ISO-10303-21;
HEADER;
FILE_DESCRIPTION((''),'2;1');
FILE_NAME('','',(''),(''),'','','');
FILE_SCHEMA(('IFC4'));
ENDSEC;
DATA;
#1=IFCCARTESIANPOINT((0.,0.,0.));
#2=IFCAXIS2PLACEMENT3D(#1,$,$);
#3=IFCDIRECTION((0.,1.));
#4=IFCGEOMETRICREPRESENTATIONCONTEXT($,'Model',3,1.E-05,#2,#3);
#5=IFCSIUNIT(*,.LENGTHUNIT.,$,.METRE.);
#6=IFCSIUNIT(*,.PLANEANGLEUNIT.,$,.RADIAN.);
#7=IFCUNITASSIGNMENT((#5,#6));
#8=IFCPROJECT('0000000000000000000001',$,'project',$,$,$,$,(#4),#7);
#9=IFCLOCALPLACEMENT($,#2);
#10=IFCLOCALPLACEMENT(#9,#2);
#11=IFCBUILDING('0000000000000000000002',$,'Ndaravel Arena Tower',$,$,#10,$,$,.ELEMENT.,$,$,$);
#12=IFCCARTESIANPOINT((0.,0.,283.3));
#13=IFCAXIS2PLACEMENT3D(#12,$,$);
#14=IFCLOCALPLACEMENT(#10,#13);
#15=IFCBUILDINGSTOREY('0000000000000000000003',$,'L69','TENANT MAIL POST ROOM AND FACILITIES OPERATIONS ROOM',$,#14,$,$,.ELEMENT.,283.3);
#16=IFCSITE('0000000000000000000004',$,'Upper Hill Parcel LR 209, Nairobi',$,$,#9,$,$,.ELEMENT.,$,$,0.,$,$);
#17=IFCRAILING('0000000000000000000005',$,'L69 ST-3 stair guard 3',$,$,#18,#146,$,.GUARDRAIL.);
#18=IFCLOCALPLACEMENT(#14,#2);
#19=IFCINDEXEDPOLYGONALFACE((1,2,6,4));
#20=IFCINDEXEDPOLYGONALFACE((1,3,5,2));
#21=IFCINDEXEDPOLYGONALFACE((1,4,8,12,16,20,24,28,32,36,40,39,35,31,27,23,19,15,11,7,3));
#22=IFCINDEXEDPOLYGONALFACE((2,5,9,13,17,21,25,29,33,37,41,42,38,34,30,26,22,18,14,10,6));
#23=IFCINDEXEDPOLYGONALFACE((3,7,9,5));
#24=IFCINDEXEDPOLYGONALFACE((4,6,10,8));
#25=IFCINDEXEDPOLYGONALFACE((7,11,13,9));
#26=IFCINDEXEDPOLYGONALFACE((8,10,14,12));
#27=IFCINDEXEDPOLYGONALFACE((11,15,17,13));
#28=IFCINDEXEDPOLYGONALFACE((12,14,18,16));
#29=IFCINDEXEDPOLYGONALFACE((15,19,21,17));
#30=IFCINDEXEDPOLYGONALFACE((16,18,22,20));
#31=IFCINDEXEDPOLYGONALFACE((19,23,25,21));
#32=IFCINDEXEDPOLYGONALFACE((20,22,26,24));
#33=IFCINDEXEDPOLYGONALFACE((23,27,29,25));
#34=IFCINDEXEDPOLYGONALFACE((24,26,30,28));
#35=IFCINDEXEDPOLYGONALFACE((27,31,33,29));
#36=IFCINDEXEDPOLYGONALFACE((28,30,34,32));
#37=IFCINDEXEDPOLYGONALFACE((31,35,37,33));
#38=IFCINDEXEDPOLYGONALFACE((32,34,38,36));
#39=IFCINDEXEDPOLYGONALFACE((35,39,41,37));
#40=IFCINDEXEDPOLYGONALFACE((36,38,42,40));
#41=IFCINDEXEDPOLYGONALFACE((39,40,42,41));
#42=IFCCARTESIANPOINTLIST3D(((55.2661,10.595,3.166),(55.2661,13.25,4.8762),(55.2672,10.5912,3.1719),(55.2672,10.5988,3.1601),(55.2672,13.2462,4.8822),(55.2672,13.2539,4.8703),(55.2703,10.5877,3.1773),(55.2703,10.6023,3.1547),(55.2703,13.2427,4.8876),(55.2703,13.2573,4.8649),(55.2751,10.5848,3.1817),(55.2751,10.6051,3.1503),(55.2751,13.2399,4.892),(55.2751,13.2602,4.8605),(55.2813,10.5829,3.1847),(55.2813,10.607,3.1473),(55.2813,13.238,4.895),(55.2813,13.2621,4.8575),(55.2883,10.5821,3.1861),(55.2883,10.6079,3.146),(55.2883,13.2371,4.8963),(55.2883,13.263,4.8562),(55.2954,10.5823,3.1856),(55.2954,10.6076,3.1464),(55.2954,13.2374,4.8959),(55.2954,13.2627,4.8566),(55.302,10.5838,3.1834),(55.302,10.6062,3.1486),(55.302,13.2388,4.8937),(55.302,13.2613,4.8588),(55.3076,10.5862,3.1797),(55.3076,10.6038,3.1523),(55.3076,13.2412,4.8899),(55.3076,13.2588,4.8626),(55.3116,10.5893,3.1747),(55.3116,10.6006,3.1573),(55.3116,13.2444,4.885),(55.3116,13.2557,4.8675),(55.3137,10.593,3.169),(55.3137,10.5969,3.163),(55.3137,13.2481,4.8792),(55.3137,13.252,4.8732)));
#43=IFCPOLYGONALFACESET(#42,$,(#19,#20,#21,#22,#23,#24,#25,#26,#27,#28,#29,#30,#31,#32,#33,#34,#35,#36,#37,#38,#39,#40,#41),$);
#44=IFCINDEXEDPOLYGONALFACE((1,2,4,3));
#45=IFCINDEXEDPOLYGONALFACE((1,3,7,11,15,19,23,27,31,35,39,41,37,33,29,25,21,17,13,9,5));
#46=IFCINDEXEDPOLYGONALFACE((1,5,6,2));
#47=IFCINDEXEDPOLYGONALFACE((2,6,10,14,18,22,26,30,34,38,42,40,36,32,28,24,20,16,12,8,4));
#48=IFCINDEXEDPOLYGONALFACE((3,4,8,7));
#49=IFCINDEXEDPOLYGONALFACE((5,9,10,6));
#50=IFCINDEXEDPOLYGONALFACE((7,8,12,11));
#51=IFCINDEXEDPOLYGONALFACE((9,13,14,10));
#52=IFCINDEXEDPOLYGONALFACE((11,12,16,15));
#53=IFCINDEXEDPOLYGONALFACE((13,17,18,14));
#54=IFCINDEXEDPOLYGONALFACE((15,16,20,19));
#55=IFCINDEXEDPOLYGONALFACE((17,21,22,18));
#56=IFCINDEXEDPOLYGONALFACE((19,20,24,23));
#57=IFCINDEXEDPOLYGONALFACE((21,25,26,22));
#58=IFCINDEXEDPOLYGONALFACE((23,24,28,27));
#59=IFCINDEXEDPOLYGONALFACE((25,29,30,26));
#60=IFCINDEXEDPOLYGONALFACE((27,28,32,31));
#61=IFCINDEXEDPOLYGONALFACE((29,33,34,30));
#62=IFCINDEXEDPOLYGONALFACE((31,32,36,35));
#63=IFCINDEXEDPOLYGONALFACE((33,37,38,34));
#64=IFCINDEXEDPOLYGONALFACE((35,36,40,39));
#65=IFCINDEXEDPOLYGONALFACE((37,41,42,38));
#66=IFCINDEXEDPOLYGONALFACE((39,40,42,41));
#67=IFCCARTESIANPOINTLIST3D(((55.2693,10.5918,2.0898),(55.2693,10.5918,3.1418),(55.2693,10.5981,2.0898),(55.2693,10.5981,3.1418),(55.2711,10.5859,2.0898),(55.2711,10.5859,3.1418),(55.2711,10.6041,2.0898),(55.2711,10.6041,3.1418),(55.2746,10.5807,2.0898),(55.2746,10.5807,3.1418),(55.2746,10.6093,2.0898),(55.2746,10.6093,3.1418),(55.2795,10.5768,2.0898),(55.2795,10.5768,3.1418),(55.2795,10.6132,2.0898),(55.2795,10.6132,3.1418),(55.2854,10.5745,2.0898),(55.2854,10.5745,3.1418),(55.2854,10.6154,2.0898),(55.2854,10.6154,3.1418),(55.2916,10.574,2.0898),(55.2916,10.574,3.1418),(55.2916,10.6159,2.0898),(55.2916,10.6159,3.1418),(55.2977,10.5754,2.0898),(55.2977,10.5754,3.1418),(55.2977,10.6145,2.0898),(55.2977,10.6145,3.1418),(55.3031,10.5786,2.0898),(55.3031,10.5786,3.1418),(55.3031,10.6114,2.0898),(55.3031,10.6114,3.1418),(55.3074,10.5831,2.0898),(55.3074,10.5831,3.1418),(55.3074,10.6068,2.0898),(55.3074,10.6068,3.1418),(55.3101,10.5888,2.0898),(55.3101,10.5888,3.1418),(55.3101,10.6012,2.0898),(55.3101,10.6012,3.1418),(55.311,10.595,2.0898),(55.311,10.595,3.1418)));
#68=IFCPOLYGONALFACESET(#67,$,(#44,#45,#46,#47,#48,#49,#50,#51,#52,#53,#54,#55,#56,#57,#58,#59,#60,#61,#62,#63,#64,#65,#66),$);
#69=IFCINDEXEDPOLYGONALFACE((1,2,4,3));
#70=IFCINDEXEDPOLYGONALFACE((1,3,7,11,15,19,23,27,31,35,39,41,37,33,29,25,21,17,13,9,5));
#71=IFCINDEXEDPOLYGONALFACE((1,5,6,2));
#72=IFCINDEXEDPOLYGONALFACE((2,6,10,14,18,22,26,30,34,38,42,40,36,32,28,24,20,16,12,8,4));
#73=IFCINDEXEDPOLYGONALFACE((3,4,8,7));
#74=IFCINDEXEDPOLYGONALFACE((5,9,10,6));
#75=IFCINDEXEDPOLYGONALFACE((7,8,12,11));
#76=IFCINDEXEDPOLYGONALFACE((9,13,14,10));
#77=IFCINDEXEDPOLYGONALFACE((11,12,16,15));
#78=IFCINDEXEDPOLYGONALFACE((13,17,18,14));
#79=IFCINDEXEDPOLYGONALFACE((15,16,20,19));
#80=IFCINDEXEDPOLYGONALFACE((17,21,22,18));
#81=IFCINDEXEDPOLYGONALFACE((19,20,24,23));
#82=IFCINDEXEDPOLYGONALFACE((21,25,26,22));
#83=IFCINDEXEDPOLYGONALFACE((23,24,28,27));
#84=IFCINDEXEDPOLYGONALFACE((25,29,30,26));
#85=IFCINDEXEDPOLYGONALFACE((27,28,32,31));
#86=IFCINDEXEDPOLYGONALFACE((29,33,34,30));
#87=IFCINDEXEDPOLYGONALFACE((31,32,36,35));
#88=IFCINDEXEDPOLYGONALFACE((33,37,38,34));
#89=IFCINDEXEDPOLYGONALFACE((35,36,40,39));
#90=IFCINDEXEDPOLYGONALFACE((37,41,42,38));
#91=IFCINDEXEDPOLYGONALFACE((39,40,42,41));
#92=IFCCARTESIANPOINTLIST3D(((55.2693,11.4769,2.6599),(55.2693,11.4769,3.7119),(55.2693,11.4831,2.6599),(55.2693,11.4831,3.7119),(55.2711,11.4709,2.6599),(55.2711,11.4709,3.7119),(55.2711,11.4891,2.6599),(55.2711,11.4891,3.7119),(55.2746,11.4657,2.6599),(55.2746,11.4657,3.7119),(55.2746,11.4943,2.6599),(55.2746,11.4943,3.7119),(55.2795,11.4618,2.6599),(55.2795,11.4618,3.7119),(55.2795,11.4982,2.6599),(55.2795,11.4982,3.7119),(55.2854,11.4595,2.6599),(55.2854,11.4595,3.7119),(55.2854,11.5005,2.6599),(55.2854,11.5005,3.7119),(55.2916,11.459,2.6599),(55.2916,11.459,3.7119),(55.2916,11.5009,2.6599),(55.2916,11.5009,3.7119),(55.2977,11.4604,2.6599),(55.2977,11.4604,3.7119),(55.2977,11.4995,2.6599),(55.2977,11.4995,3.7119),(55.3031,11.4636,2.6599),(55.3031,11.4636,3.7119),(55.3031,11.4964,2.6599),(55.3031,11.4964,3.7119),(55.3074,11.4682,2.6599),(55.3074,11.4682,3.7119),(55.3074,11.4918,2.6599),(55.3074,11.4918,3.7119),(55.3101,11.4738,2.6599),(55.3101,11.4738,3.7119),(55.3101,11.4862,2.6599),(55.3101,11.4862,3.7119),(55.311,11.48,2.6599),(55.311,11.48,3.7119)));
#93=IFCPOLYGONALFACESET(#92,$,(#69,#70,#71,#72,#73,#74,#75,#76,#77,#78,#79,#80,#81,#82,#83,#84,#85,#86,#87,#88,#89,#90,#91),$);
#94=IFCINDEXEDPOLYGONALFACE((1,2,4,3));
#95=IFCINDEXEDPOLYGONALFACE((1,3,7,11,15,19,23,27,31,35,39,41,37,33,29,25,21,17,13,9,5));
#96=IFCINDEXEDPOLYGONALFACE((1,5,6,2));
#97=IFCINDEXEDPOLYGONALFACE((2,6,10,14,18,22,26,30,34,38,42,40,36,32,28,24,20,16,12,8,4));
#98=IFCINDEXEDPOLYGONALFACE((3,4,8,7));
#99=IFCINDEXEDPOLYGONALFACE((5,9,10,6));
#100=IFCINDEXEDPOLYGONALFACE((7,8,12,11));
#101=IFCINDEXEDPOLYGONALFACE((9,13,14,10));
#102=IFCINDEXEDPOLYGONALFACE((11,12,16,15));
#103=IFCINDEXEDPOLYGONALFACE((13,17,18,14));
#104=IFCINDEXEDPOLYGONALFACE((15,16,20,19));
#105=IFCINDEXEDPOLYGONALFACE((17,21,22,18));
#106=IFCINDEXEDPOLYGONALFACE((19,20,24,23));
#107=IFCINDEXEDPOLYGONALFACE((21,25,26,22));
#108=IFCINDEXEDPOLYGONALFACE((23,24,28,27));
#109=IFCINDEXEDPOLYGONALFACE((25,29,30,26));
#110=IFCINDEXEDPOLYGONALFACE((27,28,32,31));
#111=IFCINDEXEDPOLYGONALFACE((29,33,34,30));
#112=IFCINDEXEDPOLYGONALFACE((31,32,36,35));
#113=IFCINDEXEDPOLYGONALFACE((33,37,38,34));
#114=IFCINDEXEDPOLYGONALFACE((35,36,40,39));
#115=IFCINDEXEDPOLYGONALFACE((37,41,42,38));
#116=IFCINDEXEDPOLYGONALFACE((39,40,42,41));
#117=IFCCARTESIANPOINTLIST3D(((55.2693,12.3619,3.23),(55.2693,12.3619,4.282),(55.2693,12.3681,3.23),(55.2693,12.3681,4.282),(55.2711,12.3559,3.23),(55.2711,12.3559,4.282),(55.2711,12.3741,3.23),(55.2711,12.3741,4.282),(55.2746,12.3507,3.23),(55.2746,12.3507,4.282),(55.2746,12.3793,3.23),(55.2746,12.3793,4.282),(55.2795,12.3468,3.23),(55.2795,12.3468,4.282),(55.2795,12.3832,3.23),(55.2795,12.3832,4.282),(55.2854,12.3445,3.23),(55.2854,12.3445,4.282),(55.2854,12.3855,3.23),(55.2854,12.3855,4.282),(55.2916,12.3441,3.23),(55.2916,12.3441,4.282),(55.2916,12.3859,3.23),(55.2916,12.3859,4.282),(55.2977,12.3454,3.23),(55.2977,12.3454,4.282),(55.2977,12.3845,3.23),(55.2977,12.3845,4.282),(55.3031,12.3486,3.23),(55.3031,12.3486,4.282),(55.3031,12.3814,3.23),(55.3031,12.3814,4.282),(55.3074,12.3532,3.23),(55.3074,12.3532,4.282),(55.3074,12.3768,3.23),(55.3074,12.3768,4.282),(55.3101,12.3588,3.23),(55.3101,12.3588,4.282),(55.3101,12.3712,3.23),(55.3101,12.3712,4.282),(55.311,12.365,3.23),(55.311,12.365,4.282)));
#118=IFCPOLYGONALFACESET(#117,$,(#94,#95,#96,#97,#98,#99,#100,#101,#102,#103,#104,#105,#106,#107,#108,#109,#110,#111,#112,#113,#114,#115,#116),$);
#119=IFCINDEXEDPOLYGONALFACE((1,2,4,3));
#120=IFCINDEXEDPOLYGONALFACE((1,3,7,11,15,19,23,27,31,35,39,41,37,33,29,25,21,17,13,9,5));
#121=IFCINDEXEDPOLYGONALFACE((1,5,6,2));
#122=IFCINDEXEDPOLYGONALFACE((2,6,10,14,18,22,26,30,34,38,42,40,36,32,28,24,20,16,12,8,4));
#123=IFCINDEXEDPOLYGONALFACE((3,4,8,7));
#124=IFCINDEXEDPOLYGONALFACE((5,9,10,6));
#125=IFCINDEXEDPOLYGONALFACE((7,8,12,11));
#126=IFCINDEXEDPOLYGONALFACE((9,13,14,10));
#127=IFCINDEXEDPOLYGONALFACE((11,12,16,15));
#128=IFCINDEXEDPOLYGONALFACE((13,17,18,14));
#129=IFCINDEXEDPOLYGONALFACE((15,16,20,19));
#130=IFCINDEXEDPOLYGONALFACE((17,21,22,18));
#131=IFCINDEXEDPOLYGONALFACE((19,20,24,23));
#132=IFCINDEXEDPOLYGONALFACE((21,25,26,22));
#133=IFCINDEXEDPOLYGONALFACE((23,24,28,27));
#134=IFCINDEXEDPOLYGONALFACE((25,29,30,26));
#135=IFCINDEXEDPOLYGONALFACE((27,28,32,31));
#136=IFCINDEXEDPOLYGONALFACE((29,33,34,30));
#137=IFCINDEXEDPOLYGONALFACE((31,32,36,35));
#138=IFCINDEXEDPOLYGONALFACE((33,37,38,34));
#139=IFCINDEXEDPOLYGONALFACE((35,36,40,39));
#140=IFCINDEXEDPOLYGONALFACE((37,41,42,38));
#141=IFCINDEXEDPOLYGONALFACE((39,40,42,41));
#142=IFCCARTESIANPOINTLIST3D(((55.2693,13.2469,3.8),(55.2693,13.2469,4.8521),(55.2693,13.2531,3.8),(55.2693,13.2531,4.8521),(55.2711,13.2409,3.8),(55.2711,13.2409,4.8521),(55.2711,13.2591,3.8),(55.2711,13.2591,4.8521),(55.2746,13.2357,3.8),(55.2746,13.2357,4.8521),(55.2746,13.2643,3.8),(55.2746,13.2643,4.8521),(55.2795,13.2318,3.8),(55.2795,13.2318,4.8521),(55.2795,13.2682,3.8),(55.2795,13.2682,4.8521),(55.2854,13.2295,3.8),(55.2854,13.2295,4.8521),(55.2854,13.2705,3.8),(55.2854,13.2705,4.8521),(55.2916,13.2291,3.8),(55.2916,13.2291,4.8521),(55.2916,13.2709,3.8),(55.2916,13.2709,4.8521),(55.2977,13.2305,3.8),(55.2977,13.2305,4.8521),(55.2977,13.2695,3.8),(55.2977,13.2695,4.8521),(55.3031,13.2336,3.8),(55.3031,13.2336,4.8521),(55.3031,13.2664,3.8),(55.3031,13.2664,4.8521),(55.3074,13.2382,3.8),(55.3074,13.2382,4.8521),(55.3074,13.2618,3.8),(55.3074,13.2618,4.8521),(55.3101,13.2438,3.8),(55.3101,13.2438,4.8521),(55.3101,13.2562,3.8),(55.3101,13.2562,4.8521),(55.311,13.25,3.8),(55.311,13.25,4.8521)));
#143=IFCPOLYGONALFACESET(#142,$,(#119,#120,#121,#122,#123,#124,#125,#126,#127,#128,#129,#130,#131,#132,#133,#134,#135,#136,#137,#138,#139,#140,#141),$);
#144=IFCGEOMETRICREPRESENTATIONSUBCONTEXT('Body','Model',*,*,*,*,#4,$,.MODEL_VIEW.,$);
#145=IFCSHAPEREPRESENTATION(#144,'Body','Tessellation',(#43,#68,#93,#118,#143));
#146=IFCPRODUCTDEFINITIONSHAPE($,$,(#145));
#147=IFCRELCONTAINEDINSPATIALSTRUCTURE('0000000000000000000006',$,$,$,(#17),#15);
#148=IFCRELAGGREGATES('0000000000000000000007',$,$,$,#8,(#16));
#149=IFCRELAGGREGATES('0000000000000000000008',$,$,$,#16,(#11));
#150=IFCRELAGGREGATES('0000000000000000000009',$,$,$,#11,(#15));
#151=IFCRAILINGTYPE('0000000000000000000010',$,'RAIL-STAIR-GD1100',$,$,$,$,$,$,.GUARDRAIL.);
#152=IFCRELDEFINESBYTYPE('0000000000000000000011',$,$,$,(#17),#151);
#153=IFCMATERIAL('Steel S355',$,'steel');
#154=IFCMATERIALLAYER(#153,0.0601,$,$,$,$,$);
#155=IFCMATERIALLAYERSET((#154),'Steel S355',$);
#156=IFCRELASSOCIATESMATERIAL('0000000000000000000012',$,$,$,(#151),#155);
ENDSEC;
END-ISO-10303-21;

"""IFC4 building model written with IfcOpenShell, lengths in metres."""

from ifc_helpers import new_model, si_unit, direction, frame, origin, origin_2d, place, context, subcontext, project, spatial, circle, extrude, material, layer, layer_set, type_object, element, save


model = new_model("IFC4")

# Units and contexts
model_context = context("Model", 3, precision=1e-05, world=origin(), true_north=direction((0.0, 1.0)))
body_context = subcontext(model_context, "Body", "Model", "MODEL_VIEW")
ifc_project = project(units=[si_unit("LENGTHUNIT", "METRE"), si_unit("PLANEANGLEUNIT", "RADIAN")], contexts=[model_context])

# Site, building, storey
site_placement = place(None, origin())
site = spatial("IfcSite", under=ifc_project, at=site_placement, Name="Upper Hill Parcel LR 209, Nairobi", CompositionType="ELEMENT", RefElevation=0.0)
building_placement = place(site_placement, origin())
building = spatial("IfcBuilding", under=site, at=building_placement, Name="Ndaravel Arena Tower", CompositionType="ELEMENT")
storey_placement = place(building_placement, frame((0.0, 0.0, 283.3)))
storey = spatial("IfcBuildingStorey", under=building, at=storey_placement, Name="L69", Description="TENANT MAIL POST ROOM AND FACILITIES OPERATIONS ROOM", CompositionType="ELEMENT", Elevation=283.3)

# Railing
ifc_material_1 = material(Name="Steel S355", Category="steel")
ifc_layer_1 = layer(ifc_material_1, 0.0601)
ifc_layer_set_1 = layer_set([ifc_layer_1], Name="Steel S355")
railing_type = type_object("IfcRailingType", Name="RAIL-STAIR-GD1100", PredefinedType="GUARDRAIL", material=ifc_layer_set_1)
railing_placement = place(storey_placement, frame((55.29, 10.595, 2.0898)))
element("IfcRailing", 1, at=railing_placement, inside=storey, type_object=railing_type, Name="L69 ST-3 stair guard 3", PredefinedType="GUARDRAIL", context=body_context, shape_type="SweptSolid", body=[
    extrude(circle(Radius=0.0239, at=origin_2d()), frame((0.0, 0.0, 1.0762), z_axis=(0.0, 0.840688, 0.541519), x_axis=(-1.0, 0.0, 0.0)), (0.0, 0.0, 1.0), 3.1582),
    extrude(circle(Radius=0.021, at=origin_2d()), origin(), (0.0, 0.0, 1.0), 1.052),
    extrude(circle(Radius=0.021, at=origin_2d()), frame((0.0, 0.885, 0.5701)), (0.0, 0.0, 1.0), 1.052),
    extrude(circle(Radius=0.021, at=origin_2d()), frame((0.0, 1.77, 1.1401)), (0.0, 0.0, 1.0), 1.052),
    extrude(circle(Radius=0.021, at=origin_2d()), frame((0.0, 2.655, 1.7102)), (0.0, 0.0, 1.0), 1.052),
])

save(model, "model.ifc")
